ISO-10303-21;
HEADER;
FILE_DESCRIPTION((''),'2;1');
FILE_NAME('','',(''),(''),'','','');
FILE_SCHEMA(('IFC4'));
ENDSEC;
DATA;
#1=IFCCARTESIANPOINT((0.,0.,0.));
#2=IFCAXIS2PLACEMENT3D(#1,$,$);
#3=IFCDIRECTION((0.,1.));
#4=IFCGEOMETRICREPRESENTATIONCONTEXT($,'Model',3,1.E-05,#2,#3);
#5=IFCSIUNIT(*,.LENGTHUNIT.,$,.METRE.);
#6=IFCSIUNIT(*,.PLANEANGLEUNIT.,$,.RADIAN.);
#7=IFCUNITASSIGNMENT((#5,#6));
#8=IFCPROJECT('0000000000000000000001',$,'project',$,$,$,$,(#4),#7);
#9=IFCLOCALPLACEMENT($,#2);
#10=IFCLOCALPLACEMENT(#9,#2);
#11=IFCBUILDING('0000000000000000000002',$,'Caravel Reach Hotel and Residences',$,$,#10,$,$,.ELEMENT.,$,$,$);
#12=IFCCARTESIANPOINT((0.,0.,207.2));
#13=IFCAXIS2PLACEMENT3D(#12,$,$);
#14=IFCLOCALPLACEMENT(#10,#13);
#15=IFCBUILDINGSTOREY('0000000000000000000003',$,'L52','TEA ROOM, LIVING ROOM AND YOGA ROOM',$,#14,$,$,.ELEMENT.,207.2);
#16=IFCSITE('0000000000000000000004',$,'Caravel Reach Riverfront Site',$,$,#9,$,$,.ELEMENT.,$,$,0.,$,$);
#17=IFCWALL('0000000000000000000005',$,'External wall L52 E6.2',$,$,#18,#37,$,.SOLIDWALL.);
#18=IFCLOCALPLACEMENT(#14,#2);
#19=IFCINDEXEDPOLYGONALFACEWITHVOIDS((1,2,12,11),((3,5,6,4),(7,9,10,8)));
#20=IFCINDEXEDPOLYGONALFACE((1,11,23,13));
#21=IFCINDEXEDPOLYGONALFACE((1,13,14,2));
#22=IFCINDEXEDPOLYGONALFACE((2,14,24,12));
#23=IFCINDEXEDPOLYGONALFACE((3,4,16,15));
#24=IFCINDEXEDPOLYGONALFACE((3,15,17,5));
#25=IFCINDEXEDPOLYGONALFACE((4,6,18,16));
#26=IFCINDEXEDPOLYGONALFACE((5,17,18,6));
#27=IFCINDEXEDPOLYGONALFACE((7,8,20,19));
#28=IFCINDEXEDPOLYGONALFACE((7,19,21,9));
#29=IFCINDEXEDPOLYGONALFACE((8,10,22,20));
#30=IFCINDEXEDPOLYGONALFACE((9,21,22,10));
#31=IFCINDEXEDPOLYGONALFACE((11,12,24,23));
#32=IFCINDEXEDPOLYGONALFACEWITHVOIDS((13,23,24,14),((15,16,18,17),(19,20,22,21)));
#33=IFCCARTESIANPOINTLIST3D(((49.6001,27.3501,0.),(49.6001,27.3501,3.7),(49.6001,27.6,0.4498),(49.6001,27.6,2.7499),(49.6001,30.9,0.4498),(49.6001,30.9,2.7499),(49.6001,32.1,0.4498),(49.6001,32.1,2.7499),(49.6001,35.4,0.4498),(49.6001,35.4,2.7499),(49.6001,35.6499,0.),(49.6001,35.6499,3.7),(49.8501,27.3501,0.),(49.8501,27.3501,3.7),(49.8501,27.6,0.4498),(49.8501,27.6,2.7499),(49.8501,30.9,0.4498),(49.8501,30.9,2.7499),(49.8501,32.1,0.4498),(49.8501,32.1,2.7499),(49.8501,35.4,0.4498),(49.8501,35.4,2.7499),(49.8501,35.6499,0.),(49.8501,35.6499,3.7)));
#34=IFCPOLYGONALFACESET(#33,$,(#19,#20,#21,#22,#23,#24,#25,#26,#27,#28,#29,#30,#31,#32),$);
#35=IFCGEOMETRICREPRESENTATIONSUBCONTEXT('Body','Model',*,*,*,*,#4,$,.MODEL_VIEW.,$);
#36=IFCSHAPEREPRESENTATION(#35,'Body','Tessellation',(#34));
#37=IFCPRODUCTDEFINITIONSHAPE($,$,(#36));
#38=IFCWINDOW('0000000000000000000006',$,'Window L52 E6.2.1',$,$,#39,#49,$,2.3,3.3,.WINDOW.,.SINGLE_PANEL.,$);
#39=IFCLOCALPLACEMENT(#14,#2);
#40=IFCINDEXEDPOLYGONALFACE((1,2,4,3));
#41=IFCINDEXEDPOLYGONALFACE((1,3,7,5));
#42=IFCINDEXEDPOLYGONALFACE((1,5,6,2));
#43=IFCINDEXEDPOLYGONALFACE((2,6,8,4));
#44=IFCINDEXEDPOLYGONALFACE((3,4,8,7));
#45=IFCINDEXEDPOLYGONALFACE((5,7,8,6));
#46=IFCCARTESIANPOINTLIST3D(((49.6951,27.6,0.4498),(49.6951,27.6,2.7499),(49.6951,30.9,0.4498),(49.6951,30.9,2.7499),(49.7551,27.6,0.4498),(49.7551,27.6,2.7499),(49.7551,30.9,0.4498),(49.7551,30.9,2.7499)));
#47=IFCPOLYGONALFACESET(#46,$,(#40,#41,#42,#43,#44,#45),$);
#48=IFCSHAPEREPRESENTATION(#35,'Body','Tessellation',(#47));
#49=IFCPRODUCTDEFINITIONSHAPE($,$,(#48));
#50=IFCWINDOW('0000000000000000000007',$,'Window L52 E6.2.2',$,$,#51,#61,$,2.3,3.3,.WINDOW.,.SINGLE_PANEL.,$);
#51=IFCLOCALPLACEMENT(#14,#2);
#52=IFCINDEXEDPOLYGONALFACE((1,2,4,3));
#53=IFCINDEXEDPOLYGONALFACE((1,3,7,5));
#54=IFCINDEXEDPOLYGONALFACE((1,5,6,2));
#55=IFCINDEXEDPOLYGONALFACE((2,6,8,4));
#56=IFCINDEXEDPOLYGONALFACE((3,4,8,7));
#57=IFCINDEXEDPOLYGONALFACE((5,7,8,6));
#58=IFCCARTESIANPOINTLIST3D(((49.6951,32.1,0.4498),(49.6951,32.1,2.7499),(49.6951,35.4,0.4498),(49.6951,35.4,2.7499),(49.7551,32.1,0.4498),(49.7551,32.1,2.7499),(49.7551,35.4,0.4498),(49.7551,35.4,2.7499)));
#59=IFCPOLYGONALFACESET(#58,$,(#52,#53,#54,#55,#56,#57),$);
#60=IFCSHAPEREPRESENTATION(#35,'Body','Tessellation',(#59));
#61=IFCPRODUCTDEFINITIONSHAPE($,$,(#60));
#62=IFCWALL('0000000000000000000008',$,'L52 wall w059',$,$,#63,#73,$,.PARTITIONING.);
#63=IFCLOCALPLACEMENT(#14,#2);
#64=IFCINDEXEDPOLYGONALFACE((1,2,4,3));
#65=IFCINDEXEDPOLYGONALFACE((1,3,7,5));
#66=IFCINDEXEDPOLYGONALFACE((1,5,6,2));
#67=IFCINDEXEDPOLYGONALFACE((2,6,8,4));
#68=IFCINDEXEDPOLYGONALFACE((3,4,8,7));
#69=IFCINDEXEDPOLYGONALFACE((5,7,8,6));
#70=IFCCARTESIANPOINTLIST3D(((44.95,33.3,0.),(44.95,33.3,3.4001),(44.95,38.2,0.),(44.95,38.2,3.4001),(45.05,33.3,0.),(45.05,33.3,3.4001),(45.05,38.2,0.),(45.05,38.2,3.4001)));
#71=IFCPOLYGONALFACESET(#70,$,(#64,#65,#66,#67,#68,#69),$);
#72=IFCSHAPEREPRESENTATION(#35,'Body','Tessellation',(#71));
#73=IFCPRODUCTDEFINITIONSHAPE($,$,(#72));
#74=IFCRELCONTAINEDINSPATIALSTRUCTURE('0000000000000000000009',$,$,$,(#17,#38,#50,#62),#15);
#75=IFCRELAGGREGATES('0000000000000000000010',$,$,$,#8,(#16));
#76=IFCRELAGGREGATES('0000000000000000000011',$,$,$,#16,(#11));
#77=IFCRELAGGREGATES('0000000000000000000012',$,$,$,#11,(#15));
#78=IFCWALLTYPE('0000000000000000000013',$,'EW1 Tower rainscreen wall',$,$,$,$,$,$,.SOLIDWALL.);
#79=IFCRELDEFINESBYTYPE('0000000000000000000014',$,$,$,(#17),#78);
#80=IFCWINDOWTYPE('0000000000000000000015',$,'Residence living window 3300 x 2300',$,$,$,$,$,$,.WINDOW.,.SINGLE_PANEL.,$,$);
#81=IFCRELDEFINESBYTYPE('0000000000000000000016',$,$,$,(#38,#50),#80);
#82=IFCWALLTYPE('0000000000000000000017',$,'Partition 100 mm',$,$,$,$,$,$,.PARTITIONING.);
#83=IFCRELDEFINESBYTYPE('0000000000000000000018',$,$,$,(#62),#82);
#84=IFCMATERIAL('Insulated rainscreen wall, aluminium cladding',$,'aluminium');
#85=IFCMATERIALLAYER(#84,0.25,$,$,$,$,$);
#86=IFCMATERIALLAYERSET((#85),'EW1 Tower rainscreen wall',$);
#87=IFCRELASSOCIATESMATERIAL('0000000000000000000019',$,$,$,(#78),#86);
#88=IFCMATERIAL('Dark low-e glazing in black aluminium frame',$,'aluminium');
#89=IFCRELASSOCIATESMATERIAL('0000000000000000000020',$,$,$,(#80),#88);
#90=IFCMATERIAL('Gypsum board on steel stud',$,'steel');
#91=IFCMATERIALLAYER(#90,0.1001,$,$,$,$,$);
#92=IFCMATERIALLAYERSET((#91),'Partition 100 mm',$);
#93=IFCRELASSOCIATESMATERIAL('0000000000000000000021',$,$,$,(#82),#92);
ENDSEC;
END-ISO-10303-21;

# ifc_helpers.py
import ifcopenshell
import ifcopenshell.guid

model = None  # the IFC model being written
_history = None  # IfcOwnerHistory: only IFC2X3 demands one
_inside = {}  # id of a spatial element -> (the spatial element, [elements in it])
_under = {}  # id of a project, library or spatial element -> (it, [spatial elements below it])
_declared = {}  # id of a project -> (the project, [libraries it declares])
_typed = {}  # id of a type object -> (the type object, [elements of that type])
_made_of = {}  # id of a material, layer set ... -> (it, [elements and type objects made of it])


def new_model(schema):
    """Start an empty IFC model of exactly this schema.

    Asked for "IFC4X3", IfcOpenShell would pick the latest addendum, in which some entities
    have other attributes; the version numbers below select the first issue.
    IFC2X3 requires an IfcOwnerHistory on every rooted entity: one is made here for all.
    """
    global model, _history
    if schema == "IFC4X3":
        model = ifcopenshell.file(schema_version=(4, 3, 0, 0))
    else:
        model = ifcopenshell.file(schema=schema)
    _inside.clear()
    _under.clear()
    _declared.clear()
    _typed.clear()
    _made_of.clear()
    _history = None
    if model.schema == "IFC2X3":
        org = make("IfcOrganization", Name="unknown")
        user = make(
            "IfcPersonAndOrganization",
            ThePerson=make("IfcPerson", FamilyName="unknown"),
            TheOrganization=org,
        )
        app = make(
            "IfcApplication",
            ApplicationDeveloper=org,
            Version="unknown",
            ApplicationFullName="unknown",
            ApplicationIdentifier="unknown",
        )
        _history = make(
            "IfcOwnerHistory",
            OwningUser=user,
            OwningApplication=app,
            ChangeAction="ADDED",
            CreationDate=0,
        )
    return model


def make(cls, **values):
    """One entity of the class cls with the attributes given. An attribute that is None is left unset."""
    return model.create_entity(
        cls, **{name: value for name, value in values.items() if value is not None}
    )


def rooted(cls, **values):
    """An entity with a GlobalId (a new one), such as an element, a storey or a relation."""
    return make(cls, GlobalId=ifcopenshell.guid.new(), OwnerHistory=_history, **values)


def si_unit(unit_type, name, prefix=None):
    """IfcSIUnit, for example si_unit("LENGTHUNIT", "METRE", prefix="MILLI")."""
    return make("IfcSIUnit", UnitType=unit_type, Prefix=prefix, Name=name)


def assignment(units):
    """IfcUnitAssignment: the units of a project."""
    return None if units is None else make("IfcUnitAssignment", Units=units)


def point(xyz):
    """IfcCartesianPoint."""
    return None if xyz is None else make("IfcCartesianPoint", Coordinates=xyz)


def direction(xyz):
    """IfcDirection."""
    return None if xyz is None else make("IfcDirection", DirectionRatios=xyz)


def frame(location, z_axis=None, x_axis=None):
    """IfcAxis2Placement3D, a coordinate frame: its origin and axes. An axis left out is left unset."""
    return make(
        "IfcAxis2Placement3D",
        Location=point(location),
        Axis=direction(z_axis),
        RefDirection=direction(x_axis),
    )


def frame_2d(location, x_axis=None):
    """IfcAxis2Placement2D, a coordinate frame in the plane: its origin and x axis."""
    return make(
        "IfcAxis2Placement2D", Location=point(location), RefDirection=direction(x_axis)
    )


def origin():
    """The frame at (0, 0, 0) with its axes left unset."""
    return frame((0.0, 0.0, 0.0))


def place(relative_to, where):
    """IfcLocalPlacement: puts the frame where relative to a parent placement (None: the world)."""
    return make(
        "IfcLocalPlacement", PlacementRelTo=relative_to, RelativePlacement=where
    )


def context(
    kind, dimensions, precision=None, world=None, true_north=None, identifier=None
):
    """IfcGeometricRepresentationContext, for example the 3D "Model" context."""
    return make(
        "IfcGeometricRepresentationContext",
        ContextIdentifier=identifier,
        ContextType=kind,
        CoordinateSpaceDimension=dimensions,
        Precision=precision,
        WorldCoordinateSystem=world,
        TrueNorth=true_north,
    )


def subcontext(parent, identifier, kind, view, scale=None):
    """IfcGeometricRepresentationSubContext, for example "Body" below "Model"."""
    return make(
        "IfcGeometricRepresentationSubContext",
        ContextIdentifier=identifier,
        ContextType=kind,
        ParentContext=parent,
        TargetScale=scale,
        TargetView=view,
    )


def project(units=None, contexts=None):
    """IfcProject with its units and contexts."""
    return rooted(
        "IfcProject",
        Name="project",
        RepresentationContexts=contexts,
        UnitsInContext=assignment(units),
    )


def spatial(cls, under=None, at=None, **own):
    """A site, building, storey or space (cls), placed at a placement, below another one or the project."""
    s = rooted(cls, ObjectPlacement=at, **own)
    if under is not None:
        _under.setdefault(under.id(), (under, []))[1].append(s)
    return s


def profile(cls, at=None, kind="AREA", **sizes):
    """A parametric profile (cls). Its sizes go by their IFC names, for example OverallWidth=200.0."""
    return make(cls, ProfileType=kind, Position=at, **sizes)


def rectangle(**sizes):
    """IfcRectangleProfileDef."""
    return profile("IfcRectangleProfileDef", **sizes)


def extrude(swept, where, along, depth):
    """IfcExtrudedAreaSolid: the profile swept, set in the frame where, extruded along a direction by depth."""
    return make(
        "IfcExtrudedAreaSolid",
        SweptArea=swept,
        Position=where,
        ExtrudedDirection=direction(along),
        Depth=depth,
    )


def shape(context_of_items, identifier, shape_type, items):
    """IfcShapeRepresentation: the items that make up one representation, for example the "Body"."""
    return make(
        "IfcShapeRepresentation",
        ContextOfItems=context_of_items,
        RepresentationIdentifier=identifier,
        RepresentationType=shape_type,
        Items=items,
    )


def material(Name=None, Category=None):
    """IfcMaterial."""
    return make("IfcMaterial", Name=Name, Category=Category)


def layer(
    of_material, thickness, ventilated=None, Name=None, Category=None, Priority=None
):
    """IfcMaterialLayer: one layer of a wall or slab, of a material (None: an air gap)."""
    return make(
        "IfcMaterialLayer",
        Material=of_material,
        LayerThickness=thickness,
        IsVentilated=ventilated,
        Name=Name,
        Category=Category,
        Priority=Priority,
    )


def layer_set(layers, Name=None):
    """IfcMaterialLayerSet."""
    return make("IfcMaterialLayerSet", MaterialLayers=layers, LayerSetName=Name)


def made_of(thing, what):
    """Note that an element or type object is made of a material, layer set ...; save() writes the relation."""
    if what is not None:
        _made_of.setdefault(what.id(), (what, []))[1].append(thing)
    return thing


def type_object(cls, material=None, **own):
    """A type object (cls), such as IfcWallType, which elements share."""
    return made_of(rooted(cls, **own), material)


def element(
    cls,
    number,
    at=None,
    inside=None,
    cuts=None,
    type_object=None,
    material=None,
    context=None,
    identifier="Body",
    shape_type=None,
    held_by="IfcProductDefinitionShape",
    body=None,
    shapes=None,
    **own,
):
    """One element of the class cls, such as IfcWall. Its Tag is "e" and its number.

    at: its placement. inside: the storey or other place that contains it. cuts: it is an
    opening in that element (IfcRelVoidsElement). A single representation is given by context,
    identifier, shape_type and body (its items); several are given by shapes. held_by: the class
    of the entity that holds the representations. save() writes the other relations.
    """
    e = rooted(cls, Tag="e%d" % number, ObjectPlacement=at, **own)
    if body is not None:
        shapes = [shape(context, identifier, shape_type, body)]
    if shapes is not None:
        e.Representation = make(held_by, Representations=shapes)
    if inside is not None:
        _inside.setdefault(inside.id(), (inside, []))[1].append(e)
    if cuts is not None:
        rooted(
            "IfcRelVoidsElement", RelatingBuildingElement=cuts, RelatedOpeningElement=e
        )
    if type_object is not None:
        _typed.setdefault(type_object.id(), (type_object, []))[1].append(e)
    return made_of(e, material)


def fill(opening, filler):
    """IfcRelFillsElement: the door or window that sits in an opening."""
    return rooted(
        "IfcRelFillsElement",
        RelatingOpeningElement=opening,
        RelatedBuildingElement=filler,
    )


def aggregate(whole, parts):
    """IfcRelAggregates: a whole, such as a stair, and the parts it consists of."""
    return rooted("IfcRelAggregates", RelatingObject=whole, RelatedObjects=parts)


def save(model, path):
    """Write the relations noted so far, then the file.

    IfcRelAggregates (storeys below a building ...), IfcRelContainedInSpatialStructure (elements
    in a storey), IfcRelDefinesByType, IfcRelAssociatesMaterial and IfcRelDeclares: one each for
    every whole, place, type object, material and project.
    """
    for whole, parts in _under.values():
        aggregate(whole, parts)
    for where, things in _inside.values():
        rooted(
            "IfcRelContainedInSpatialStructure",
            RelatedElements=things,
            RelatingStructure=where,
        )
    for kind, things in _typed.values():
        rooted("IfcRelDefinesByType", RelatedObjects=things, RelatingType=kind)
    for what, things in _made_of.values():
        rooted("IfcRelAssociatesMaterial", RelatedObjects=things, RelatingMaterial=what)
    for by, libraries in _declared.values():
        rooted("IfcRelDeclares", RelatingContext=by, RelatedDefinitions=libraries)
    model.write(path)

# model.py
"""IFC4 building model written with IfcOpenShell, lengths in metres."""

from ifc_helpers import new_model, si_unit, direction, frame, frame_2d, origin, place, context, subcontext, project, spatial, rectangle, extrude, material, layer, layer_set, type_object, element, fill, save


model = new_model("IFC4")

# Units and contexts
model_context = context("Model", 3, precision=1e-05, world=origin(), true_north=direction((0.0, 1.0)))
body_context = subcontext(model_context, "Body", "Model", "MODEL_VIEW")
ifc_project = project(units=[si_unit("LENGTHUNIT", "METRE"), si_unit("PLANEANGLEUNIT", "RADIAN")], contexts=[model_context])

# Site, building, storey
site_placement = place(None, origin())
site = spatial("IfcSite", under=ifc_project, at=site_placement, Name="Caravel Reach Riverfront Site", CompositionType="ELEMENT", RefElevation=0.0)
building_placement = place(site_placement, origin())
building = spatial("IfcBuilding", under=site, at=building_placement, Name="Caravel Reach Hotel and Residences", CompositionType="ELEMENT")
storey_placement = place(building_placement, frame((0.0, 0.0, 207.2)))
storey = spatial("IfcBuildingStorey", under=building, at=storey_placement, Name="L52", Description="TEA ROOM, LIVING ROOM AND YOGA ROOM", CompositionType="ELEMENT", Elevation=207.2)

# Shared definitions
ifc_material_1 = material(Name="Insulated rainscreen wall, aluminium cladding", Category="aluminium")
ifc_layer_1 = layer(ifc_material_1, 0.25)
ifc_layer_set_1 = layer_set([ifc_layer_1], Name="EW1 Tower rainscreen wall")
wall_type_1 = type_object("IfcWallType", Name="EW1 Tower rainscreen wall", PredefinedType="SOLIDWALL", material=ifc_layer_set_1)

# Wall, openings, windows
ifc_material_2 = material(Name="Dark low-e glazing in black aluminium frame", Category="aluminium")
window_type_1 = type_object("IfcWindowType", Name="Residence living window 3300 x 2300", PartitioningType="SINGLE_PANEL", PredefinedType="WINDOW", material=ifc_material_2)
wall_1_placement = place(storey_placement, frame((49.7251, 27.3501, 0.0), z_axis=(0.0, 0.0, 1.0), x_axis=(0.0, 1.0, 0.0)))
wall_1 = element("IfcWall", 1, at=wall_1_placement, inside=storey, type_object=wall_type_1, Name="External wall L52 E6.2", PredefinedType="SOLIDWALL", context=body_context, shape_type="SweptSolid", body=[
    extrude(rectangle(XDim=8.2998, YDim=0.25, at=frame_2d((4.1499, 0.0))), origin(), (0.0, 0.0, 1.0), 3.7),
])
opening_1_placement = place(wall_1_placement, frame((0.25, 0.0, 0.45)))
opening_1 = element("IfcOpeningElement", 2, at=opening_1_placement, cuts=wall_1, PredefinedType="OPENING", context=body_context, shape_type="SweptSolid", body=[
    extrude(rectangle(XDim=3.3, YDim=2.3, at=frame_2d((1.6499, 1.1499))), frame((0.0, 0.135, 0.0), z_axis=(0.0, -1.0, 0.0), x_axis=(1.0, 0.0, 0.0)), (0.0, 0.0, 1.0), 0.27),
])
opening_2_placement = place(wall_1_placement, frame((4.75, 0.0, 0.45)))
opening_2 = element("IfcOpeningElement", 3, at=opening_2_placement, cuts=wall_1, PredefinedType="OPENING", context=body_context, shape_type="SweptSolid", body=[
    extrude(rectangle(XDim=3.3, YDim=2.3, at=frame_2d((1.6499, 1.1499))), frame((0.0, 0.135, 0.0), z_axis=(0.0, -1.0, 0.0), x_axis=(1.0, 0.0, 0.0)), (0.0, 0.0, 1.0), 0.27),
])
window_1_placement = place(opening_1_placement, origin())
window_1 = element("IfcWindow", 4, at=window_1_placement, inside=storey, type_object=window_type_1, Name="Window L52 E6.2.1", OverallHeight=2.3, OverallWidth=3.3, PartitioningType="SINGLE_PANEL", PredefinedType="WINDOW", context=body_context, shape_type="SweptSolid", body=[
    extrude(rectangle(XDim=3.3, YDim=2.3, at=frame_2d((1.6499, 1.1499))), frame((0.0, 0.03, 0.0), z_axis=(0.0, -1.0, 0.0), x_axis=(1.0, 0.0, 0.0)), (0.0, 0.0, 1.0), 0.0601),
])
fill(opening_1, window_1)
window_2_placement = place(opening_2_placement, origin())
window_2 = element("IfcWindow", 5, at=window_2_placement, inside=storey, type_object=window_type_1, Name="Window L52 E6.2.2", OverallHeight=2.3, OverallWidth=3.3, PartitioningType="SINGLE_PANEL", PredefinedType="WINDOW", context=body_context, shape_type="SweptSolid", body=[
    extrude(rectangle(XDim=3.3, YDim=2.3, at=frame_2d((1.6499, 1.1499))), frame((0.0, 0.03, 0.0), z_axis=(0.0, -1.0, 0.0), x_axis=(1.0, 0.0, 0.0)), (0.0, 0.0, 1.0), 0.0601),
])
fill(opening_2, window_2)

# Wall
ifc_material_3 = material(Name="Gypsum board on steel stud", Category="steel")
ifc_layer_2 = layer(ifc_material_3, 0.1001)
ifc_layer_set_2 = layer_set([ifc_layer_2], Name="Partition 100 mm")
wall_type_2 = type_object("IfcWallType", Name="Partition 100 mm", PredefinedType="PARTITIONING", material=ifc_layer_set_2)
wall_2_placement = place(storey_placement, frame((45.0, 33.3, 0.0), z_axis=(0.0, 0.0, 1.0), x_axis=(0.0, 1.0, 0.0)))
element("IfcWall", 6, at=wall_2_placement, inside=storey, type_object=wall_type_2, Name="L52 wall w059", PredefinedType="PARTITIONING", context=body_context, shape_type="SweptSolid", body=[
    extrude(rectangle(XDim=4.8999, YDim=0.1001, at=frame_2d((2.45, 0.0))), origin(), (0.0, 0.0, 1.0), 3.4001),
])

save(model, "model.ifc")
